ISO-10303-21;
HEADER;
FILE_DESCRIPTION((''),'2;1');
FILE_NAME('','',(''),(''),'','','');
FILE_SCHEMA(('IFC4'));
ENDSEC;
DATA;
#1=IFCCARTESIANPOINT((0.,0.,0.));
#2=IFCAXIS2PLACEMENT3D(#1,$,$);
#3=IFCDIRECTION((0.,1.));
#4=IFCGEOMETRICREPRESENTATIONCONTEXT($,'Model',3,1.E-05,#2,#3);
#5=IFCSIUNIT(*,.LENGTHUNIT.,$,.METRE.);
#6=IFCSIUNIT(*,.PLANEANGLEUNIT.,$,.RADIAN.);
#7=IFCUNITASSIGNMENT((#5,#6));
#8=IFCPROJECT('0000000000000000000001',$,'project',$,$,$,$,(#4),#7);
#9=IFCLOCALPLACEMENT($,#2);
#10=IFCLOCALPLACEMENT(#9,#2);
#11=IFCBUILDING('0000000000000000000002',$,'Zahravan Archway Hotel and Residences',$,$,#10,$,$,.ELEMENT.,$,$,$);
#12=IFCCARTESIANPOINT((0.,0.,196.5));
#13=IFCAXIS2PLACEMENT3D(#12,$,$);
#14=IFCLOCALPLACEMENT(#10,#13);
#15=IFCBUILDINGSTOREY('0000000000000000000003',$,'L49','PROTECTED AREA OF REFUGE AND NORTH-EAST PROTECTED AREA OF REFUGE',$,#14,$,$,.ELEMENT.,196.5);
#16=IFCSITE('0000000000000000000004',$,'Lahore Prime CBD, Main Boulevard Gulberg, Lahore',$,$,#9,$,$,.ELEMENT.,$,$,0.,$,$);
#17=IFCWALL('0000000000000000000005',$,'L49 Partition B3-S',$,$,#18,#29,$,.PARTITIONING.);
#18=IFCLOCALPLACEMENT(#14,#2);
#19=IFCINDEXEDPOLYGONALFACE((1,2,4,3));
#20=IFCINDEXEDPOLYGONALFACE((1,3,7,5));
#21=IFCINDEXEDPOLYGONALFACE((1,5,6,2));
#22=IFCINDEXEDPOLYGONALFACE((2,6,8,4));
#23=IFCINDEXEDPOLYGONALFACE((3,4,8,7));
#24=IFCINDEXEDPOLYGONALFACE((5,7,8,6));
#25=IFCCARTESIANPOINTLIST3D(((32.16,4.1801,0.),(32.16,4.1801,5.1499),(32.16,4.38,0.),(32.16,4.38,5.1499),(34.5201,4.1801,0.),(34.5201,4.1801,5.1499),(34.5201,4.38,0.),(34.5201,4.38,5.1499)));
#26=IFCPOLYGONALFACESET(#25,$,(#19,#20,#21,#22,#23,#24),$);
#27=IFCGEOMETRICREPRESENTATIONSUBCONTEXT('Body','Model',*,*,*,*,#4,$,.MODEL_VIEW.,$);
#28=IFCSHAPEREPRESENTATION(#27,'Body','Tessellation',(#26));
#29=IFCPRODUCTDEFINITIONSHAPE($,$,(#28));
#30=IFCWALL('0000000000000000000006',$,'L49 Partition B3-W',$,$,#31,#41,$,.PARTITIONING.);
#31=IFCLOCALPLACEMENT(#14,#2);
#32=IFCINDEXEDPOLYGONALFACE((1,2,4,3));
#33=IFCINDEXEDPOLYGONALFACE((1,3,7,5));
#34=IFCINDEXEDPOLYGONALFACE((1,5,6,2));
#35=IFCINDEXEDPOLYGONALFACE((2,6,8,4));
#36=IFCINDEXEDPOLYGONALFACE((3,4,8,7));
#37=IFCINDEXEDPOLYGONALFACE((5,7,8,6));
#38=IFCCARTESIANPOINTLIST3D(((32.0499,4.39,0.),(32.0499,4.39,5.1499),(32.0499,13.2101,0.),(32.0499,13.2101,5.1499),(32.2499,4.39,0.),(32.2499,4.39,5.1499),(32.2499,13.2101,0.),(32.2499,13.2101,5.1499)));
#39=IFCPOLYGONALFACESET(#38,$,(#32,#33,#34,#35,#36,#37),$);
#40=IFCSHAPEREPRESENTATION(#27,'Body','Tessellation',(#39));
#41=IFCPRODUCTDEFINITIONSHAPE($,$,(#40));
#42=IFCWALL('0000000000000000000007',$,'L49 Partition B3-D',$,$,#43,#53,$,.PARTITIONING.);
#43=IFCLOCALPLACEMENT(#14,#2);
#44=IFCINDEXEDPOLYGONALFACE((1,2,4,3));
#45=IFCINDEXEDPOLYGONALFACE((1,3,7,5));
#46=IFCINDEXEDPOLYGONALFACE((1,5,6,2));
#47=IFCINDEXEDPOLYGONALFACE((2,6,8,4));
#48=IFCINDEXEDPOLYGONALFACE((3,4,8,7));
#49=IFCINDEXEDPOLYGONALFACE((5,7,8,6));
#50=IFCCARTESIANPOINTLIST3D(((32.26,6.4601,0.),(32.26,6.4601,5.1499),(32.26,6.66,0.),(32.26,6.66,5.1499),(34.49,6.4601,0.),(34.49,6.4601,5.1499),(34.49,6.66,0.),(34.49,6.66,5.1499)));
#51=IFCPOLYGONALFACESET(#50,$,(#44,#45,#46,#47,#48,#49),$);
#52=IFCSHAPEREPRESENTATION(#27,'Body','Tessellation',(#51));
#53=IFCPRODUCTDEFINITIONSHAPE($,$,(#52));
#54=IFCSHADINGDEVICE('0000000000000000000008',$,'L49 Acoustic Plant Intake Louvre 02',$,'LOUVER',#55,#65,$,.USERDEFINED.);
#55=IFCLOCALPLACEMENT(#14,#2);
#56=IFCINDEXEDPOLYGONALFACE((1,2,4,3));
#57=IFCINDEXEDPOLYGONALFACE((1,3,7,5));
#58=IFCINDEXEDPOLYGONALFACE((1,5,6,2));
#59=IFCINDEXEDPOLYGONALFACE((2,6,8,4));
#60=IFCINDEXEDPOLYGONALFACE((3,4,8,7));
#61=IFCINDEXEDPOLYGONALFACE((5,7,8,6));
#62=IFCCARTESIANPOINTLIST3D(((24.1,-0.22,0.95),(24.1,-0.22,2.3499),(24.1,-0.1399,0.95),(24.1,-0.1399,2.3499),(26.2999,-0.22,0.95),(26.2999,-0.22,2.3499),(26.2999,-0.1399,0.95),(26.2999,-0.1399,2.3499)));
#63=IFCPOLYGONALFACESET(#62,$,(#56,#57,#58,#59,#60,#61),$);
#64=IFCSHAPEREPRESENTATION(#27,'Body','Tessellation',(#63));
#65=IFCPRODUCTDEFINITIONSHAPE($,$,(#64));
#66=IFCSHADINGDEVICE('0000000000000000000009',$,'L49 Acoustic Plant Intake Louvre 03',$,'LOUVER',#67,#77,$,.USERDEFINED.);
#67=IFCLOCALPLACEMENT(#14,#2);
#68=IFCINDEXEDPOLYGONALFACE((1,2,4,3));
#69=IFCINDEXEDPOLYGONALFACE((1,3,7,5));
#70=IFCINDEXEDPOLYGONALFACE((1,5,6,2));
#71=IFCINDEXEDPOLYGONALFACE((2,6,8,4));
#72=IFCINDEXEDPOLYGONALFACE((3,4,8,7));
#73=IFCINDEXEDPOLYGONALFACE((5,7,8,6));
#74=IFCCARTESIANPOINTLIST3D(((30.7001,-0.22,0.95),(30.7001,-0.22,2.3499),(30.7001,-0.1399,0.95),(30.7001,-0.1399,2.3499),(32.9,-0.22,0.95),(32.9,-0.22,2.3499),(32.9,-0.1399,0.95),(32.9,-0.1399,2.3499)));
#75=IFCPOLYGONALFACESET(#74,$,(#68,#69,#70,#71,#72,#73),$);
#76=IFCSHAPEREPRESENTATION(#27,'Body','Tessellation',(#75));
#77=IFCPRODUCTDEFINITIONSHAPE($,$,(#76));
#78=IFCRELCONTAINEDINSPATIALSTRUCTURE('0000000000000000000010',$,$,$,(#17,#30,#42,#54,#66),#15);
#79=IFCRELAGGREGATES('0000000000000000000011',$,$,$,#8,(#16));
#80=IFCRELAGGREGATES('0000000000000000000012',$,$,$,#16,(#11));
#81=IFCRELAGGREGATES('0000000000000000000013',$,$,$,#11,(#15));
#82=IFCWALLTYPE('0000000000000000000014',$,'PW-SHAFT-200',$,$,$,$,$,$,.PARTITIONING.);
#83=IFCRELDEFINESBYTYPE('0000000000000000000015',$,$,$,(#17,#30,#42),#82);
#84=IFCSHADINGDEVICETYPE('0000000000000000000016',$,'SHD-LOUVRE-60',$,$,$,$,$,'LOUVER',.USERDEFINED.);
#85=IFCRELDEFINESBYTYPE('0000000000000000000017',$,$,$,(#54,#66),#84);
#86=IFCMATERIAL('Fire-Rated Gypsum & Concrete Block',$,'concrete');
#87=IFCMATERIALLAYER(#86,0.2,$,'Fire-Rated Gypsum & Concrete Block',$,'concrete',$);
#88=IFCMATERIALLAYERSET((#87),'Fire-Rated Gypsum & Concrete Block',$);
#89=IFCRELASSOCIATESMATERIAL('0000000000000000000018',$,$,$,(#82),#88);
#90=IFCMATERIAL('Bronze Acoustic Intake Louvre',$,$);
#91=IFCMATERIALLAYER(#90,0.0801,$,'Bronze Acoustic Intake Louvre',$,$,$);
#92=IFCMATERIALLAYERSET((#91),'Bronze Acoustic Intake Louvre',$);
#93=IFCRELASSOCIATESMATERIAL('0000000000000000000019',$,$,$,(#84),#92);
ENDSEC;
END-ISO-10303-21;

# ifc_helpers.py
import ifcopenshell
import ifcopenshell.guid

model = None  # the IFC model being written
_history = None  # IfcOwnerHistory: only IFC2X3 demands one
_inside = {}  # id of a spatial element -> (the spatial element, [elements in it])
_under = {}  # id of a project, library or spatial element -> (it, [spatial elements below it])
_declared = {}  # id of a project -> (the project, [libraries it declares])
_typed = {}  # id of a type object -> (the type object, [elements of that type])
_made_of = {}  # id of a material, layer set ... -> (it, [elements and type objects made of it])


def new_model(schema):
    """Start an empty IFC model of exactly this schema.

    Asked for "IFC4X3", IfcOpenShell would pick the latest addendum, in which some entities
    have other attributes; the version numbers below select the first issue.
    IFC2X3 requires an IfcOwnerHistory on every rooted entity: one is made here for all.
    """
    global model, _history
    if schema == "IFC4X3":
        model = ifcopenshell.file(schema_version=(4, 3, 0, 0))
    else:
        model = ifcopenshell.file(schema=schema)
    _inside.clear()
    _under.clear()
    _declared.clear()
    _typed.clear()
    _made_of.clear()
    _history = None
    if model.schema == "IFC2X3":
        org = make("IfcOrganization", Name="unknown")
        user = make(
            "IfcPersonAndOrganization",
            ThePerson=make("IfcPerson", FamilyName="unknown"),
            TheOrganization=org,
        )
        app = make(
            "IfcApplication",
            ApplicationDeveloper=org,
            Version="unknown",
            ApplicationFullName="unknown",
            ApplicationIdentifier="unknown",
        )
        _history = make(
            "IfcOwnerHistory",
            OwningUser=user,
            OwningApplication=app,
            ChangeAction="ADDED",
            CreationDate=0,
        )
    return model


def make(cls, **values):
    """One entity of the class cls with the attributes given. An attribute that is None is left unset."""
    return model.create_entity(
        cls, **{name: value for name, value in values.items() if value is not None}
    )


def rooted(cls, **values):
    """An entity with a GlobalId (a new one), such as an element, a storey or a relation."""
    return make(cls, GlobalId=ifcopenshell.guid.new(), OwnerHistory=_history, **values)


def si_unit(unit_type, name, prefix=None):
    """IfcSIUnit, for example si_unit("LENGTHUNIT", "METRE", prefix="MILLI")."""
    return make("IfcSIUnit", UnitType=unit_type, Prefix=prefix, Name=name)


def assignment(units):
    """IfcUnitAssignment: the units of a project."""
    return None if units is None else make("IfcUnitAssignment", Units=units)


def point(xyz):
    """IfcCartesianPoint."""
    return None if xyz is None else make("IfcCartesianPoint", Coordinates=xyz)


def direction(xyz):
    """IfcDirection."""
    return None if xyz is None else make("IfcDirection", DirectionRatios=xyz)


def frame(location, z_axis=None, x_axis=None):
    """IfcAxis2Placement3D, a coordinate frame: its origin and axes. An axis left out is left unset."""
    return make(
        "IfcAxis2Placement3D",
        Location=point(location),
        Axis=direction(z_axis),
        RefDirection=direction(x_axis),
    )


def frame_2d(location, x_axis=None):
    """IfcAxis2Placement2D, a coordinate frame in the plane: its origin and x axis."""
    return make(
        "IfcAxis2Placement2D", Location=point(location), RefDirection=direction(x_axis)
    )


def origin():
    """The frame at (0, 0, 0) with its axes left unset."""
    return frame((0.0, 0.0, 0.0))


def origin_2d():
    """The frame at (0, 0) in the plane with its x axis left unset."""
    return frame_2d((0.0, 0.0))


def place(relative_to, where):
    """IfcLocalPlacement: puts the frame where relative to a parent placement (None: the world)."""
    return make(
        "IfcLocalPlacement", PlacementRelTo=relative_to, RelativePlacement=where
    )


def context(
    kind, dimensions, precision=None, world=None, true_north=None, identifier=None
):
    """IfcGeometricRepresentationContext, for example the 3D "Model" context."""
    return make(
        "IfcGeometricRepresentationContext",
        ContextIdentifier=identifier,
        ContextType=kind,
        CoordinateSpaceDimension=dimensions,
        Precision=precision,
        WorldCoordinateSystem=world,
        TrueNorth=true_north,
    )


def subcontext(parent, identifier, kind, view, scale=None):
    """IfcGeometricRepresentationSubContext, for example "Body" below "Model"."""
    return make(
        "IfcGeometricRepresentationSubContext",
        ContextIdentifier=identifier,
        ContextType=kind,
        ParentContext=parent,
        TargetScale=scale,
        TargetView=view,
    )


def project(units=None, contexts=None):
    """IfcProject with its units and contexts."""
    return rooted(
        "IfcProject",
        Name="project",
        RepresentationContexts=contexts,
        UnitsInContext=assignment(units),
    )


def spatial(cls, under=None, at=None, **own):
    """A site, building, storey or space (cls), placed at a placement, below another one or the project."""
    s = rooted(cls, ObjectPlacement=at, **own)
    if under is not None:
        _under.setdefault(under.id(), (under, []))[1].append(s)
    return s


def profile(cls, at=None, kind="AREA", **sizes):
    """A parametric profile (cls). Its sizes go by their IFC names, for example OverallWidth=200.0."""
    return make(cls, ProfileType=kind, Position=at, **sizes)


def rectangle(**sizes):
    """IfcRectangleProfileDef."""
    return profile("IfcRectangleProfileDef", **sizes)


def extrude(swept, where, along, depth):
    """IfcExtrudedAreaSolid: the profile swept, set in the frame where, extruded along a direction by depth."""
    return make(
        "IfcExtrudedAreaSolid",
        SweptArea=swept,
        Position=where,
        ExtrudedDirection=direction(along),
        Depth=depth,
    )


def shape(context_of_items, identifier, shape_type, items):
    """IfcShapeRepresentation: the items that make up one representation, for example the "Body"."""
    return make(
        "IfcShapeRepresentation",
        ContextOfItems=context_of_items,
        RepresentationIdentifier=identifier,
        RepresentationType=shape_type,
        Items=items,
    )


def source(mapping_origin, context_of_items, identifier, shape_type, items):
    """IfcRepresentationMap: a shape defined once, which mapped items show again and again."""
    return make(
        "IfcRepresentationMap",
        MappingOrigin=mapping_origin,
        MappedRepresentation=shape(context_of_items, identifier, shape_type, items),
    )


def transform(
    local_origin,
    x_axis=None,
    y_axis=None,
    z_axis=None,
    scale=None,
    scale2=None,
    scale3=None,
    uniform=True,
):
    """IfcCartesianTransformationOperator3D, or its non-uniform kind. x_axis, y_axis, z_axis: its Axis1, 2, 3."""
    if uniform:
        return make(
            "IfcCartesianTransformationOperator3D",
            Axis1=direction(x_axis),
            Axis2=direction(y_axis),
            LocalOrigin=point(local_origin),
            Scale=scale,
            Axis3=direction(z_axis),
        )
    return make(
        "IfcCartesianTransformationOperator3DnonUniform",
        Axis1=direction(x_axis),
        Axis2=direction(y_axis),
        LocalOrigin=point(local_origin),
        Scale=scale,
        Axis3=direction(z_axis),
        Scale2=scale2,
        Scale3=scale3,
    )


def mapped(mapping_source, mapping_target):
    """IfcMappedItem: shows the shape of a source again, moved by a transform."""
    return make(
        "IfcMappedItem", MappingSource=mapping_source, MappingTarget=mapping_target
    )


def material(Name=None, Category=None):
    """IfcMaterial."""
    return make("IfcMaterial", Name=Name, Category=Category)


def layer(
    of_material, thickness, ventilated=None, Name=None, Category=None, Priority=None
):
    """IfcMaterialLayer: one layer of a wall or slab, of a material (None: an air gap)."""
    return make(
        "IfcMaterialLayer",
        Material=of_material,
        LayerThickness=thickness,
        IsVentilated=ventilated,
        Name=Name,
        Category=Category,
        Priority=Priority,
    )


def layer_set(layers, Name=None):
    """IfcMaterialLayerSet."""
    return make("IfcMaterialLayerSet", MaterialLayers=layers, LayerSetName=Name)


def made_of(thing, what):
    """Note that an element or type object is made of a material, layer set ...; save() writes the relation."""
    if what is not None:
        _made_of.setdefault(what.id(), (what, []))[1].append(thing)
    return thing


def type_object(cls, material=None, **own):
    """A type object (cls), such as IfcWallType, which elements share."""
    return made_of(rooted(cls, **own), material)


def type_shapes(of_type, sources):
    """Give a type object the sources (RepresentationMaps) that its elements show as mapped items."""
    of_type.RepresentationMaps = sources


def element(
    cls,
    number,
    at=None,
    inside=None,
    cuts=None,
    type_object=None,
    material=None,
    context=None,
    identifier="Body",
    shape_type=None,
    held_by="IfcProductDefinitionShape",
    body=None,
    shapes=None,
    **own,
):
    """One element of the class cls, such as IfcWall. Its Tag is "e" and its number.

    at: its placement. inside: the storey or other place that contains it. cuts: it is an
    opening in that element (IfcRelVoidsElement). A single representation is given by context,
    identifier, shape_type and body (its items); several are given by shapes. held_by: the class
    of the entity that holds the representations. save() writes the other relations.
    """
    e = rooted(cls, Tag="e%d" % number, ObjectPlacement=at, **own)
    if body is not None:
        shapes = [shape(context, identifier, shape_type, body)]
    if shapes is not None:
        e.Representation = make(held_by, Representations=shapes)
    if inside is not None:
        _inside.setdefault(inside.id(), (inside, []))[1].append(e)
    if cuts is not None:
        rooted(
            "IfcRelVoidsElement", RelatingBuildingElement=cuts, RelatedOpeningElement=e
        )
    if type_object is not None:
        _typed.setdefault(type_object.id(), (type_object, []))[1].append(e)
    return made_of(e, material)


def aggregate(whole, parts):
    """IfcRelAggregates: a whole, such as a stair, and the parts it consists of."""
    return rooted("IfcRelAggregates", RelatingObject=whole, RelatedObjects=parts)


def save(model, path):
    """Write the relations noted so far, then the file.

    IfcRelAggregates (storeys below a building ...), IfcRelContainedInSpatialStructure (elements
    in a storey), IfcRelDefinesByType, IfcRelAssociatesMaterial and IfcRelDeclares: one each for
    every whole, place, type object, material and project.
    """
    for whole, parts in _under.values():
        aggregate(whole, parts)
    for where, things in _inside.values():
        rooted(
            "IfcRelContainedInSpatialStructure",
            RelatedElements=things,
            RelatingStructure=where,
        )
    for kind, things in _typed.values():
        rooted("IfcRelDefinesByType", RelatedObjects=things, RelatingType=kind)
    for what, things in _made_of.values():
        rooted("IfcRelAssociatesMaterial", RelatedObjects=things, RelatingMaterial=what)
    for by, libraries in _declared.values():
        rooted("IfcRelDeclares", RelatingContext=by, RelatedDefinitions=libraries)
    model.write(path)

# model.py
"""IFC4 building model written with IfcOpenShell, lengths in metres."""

from ifc_helpers import new_model, si_unit, direction, frame, frame_2d, origin, origin_2d, place, context, subcontext, project, spatial, rectangle, extrude, source, transform, mapped, material, layer, layer_set, type_object, type_shapes, element, save


model = new_model("IFC4")

# Units and contexts
model_context = context("Model", 3, precision=1e-05, world=origin(), true_north=direction((0.0, 1.0)))
body_context = subcontext(model_context, "Body", "Model", "MODEL_VIEW")
ifc_project = project(units=[si_unit("LENGTHUNIT", "METRE"), si_unit("PLANEANGLEUNIT", "RADIAN")], contexts=[model_context])

# Site, building, storey
site_placement = place(None, origin())
site = spatial("IfcSite", under=ifc_project, at=site_placement, Name="Lahore Prime CBD, Main Boulevard Gulberg, Lahore", CompositionType="ELEMENT", RefElevation=0.0)
building_placement = place(site_placement, origin())
building = spatial("IfcBuilding", under=site, at=building_placement, Name="Zahravan Archway Hotel and Residences", CompositionType="ELEMENT")
storey_placement = place(building_placement, frame((0.0, 0.0, 196.5)))
storey = spatial("IfcBuildingStorey", under=building, at=storey_placement, Name="L49", Description="PROTECTED AREA OF REFUGE AND NORTH-EAST PROTECTED AREA OF REFUGE", CompositionType="ELEMENT", Elevation=196.5)

# Walls
ifc_material_1 = material(Name="Fire-Rated Gypsum & Concrete Block", Category="concrete")
ifc_layer_1 = layer(ifc_material_1, 0.2, Name="Fire-Rated Gypsum & Concrete Block", Category="concrete")
ifc_layer_set_1 = layer_set([ifc_layer_1], Name="Fire-Rated Gypsum & Concrete Block")
wall_type_1 = type_object("IfcWallType", Name="PW-SHAFT-200", PredefinedType="PARTITIONING", material=ifc_layer_set_1)
wall_1_placement = place(storey_placement, frame((32.1599, 4.28, 0.0), z_axis=(0.0, 0.0, 1.0), x_axis=(1.0, 0.0, 0.0)))
element("IfcWall", 1, at=wall_1_placement, inside=storey, type_object=wall_type_1, Name="L49 Partition B3-S", PredefinedType="PARTITIONING", context=body_context, shape_type="SweptSolid", body=[
    extrude(rectangle(XDim=2.3601, YDim=0.2, at=frame_2d((1.1802, 0.0))), origin(), (0.0, 0.0, 1.0), 5.1499),
])
wall_2_placement = place(storey_placement, frame((32.1499, 4.3899, 0.0), z_axis=(0.0, 0.0, 1.0), x_axis=(0.0, 1.0, 0.0)))
element("IfcWall", 2, at=wall_2_placement, inside=storey, type_object=wall_type_1, Name="L49 Partition B3-W", PredefinedType="PARTITIONING", context=body_context, shape_type="SweptSolid", body=[
    extrude(rectangle(XDim=8.8201, YDim=0.2, at=frame_2d((4.4102, 0.0))), origin(), (0.0, 0.0, 1.0), 5.1499),
])
wall_3_placement = place(storey_placement, frame((32.26, 6.5601, 0.0), z_axis=(0.0, 0.0, 1.0), x_axis=(1.0, 0.0, 0.0)))
element("IfcWall", 3, at=wall_3_placement, inside=storey, type_object=wall_type_1, Name="L49 Partition B3-D", PredefinedType="PARTITIONING", context=body_context, shape_type="SweptSolid", body=[
    extrude(rectangle(XDim=2.23, YDim=0.2, at=frame_2d((1.115, 0.0))), origin(), (0.0, 0.0, 1.0), 5.1499),
])

# Shading devices
ifc_material_2 = material(Name="Bronze Acoustic Intake Louvre")
ifc_layer_2 = layer(ifc_material_2, 0.0801, Name="Bronze Acoustic Intake Louvre")
ifc_layer_set_2 = layer_set([ifc_layer_2], Name="Bronze Acoustic Intake Louvre")
shading_device_type = type_object("IfcShadingDeviceType", Name="SHD-LOUVRE-60", ElementType="LOUVER", PredefinedType="USERDEFINED", material=ifc_layer_set_2)
shared_shape_1 = source(origin(), body_context, "Body", "SweptSolid", [
    extrude(rectangle(XDim=2.2, YDim=0.0801, at=origin_2d()), origin(), (0.0, 0.0, 1.0), 1.3999),
])
type_shapes(shading_device_type, [shared_shape_1])
for number, where, z_axis, x_axis, name in (
    (4, (25.2, -0.1799, 0.95), (0.0, 0.0, 1.0), (1.0, 0.0, 0.0), "L49 Acoustic Plant Intake Louvre 02"),
    (5, (31.8, -0.1799, 0.95), (0.0, 0.0, 1.0), (1.0, 0.0, 0.0), "L49 Acoustic Plant Intake Louvre 03"),
):
    element("IfcShadingDevice", number, at=place(storey_placement, frame(where, z_axis=z_axis, x_axis=x_axis)), inside=storey, type_object=shading_device_type, Name=name, ObjectType="LOUVER", PredefinedType="USERDEFINED", context=body_context, shape_type="MappedRepresentation", body=[
        mapped(shared_shape_1, transform((0.0, 0.0, 0.0), scale=1.0)),
    ])

save(model, "model.ifc")
